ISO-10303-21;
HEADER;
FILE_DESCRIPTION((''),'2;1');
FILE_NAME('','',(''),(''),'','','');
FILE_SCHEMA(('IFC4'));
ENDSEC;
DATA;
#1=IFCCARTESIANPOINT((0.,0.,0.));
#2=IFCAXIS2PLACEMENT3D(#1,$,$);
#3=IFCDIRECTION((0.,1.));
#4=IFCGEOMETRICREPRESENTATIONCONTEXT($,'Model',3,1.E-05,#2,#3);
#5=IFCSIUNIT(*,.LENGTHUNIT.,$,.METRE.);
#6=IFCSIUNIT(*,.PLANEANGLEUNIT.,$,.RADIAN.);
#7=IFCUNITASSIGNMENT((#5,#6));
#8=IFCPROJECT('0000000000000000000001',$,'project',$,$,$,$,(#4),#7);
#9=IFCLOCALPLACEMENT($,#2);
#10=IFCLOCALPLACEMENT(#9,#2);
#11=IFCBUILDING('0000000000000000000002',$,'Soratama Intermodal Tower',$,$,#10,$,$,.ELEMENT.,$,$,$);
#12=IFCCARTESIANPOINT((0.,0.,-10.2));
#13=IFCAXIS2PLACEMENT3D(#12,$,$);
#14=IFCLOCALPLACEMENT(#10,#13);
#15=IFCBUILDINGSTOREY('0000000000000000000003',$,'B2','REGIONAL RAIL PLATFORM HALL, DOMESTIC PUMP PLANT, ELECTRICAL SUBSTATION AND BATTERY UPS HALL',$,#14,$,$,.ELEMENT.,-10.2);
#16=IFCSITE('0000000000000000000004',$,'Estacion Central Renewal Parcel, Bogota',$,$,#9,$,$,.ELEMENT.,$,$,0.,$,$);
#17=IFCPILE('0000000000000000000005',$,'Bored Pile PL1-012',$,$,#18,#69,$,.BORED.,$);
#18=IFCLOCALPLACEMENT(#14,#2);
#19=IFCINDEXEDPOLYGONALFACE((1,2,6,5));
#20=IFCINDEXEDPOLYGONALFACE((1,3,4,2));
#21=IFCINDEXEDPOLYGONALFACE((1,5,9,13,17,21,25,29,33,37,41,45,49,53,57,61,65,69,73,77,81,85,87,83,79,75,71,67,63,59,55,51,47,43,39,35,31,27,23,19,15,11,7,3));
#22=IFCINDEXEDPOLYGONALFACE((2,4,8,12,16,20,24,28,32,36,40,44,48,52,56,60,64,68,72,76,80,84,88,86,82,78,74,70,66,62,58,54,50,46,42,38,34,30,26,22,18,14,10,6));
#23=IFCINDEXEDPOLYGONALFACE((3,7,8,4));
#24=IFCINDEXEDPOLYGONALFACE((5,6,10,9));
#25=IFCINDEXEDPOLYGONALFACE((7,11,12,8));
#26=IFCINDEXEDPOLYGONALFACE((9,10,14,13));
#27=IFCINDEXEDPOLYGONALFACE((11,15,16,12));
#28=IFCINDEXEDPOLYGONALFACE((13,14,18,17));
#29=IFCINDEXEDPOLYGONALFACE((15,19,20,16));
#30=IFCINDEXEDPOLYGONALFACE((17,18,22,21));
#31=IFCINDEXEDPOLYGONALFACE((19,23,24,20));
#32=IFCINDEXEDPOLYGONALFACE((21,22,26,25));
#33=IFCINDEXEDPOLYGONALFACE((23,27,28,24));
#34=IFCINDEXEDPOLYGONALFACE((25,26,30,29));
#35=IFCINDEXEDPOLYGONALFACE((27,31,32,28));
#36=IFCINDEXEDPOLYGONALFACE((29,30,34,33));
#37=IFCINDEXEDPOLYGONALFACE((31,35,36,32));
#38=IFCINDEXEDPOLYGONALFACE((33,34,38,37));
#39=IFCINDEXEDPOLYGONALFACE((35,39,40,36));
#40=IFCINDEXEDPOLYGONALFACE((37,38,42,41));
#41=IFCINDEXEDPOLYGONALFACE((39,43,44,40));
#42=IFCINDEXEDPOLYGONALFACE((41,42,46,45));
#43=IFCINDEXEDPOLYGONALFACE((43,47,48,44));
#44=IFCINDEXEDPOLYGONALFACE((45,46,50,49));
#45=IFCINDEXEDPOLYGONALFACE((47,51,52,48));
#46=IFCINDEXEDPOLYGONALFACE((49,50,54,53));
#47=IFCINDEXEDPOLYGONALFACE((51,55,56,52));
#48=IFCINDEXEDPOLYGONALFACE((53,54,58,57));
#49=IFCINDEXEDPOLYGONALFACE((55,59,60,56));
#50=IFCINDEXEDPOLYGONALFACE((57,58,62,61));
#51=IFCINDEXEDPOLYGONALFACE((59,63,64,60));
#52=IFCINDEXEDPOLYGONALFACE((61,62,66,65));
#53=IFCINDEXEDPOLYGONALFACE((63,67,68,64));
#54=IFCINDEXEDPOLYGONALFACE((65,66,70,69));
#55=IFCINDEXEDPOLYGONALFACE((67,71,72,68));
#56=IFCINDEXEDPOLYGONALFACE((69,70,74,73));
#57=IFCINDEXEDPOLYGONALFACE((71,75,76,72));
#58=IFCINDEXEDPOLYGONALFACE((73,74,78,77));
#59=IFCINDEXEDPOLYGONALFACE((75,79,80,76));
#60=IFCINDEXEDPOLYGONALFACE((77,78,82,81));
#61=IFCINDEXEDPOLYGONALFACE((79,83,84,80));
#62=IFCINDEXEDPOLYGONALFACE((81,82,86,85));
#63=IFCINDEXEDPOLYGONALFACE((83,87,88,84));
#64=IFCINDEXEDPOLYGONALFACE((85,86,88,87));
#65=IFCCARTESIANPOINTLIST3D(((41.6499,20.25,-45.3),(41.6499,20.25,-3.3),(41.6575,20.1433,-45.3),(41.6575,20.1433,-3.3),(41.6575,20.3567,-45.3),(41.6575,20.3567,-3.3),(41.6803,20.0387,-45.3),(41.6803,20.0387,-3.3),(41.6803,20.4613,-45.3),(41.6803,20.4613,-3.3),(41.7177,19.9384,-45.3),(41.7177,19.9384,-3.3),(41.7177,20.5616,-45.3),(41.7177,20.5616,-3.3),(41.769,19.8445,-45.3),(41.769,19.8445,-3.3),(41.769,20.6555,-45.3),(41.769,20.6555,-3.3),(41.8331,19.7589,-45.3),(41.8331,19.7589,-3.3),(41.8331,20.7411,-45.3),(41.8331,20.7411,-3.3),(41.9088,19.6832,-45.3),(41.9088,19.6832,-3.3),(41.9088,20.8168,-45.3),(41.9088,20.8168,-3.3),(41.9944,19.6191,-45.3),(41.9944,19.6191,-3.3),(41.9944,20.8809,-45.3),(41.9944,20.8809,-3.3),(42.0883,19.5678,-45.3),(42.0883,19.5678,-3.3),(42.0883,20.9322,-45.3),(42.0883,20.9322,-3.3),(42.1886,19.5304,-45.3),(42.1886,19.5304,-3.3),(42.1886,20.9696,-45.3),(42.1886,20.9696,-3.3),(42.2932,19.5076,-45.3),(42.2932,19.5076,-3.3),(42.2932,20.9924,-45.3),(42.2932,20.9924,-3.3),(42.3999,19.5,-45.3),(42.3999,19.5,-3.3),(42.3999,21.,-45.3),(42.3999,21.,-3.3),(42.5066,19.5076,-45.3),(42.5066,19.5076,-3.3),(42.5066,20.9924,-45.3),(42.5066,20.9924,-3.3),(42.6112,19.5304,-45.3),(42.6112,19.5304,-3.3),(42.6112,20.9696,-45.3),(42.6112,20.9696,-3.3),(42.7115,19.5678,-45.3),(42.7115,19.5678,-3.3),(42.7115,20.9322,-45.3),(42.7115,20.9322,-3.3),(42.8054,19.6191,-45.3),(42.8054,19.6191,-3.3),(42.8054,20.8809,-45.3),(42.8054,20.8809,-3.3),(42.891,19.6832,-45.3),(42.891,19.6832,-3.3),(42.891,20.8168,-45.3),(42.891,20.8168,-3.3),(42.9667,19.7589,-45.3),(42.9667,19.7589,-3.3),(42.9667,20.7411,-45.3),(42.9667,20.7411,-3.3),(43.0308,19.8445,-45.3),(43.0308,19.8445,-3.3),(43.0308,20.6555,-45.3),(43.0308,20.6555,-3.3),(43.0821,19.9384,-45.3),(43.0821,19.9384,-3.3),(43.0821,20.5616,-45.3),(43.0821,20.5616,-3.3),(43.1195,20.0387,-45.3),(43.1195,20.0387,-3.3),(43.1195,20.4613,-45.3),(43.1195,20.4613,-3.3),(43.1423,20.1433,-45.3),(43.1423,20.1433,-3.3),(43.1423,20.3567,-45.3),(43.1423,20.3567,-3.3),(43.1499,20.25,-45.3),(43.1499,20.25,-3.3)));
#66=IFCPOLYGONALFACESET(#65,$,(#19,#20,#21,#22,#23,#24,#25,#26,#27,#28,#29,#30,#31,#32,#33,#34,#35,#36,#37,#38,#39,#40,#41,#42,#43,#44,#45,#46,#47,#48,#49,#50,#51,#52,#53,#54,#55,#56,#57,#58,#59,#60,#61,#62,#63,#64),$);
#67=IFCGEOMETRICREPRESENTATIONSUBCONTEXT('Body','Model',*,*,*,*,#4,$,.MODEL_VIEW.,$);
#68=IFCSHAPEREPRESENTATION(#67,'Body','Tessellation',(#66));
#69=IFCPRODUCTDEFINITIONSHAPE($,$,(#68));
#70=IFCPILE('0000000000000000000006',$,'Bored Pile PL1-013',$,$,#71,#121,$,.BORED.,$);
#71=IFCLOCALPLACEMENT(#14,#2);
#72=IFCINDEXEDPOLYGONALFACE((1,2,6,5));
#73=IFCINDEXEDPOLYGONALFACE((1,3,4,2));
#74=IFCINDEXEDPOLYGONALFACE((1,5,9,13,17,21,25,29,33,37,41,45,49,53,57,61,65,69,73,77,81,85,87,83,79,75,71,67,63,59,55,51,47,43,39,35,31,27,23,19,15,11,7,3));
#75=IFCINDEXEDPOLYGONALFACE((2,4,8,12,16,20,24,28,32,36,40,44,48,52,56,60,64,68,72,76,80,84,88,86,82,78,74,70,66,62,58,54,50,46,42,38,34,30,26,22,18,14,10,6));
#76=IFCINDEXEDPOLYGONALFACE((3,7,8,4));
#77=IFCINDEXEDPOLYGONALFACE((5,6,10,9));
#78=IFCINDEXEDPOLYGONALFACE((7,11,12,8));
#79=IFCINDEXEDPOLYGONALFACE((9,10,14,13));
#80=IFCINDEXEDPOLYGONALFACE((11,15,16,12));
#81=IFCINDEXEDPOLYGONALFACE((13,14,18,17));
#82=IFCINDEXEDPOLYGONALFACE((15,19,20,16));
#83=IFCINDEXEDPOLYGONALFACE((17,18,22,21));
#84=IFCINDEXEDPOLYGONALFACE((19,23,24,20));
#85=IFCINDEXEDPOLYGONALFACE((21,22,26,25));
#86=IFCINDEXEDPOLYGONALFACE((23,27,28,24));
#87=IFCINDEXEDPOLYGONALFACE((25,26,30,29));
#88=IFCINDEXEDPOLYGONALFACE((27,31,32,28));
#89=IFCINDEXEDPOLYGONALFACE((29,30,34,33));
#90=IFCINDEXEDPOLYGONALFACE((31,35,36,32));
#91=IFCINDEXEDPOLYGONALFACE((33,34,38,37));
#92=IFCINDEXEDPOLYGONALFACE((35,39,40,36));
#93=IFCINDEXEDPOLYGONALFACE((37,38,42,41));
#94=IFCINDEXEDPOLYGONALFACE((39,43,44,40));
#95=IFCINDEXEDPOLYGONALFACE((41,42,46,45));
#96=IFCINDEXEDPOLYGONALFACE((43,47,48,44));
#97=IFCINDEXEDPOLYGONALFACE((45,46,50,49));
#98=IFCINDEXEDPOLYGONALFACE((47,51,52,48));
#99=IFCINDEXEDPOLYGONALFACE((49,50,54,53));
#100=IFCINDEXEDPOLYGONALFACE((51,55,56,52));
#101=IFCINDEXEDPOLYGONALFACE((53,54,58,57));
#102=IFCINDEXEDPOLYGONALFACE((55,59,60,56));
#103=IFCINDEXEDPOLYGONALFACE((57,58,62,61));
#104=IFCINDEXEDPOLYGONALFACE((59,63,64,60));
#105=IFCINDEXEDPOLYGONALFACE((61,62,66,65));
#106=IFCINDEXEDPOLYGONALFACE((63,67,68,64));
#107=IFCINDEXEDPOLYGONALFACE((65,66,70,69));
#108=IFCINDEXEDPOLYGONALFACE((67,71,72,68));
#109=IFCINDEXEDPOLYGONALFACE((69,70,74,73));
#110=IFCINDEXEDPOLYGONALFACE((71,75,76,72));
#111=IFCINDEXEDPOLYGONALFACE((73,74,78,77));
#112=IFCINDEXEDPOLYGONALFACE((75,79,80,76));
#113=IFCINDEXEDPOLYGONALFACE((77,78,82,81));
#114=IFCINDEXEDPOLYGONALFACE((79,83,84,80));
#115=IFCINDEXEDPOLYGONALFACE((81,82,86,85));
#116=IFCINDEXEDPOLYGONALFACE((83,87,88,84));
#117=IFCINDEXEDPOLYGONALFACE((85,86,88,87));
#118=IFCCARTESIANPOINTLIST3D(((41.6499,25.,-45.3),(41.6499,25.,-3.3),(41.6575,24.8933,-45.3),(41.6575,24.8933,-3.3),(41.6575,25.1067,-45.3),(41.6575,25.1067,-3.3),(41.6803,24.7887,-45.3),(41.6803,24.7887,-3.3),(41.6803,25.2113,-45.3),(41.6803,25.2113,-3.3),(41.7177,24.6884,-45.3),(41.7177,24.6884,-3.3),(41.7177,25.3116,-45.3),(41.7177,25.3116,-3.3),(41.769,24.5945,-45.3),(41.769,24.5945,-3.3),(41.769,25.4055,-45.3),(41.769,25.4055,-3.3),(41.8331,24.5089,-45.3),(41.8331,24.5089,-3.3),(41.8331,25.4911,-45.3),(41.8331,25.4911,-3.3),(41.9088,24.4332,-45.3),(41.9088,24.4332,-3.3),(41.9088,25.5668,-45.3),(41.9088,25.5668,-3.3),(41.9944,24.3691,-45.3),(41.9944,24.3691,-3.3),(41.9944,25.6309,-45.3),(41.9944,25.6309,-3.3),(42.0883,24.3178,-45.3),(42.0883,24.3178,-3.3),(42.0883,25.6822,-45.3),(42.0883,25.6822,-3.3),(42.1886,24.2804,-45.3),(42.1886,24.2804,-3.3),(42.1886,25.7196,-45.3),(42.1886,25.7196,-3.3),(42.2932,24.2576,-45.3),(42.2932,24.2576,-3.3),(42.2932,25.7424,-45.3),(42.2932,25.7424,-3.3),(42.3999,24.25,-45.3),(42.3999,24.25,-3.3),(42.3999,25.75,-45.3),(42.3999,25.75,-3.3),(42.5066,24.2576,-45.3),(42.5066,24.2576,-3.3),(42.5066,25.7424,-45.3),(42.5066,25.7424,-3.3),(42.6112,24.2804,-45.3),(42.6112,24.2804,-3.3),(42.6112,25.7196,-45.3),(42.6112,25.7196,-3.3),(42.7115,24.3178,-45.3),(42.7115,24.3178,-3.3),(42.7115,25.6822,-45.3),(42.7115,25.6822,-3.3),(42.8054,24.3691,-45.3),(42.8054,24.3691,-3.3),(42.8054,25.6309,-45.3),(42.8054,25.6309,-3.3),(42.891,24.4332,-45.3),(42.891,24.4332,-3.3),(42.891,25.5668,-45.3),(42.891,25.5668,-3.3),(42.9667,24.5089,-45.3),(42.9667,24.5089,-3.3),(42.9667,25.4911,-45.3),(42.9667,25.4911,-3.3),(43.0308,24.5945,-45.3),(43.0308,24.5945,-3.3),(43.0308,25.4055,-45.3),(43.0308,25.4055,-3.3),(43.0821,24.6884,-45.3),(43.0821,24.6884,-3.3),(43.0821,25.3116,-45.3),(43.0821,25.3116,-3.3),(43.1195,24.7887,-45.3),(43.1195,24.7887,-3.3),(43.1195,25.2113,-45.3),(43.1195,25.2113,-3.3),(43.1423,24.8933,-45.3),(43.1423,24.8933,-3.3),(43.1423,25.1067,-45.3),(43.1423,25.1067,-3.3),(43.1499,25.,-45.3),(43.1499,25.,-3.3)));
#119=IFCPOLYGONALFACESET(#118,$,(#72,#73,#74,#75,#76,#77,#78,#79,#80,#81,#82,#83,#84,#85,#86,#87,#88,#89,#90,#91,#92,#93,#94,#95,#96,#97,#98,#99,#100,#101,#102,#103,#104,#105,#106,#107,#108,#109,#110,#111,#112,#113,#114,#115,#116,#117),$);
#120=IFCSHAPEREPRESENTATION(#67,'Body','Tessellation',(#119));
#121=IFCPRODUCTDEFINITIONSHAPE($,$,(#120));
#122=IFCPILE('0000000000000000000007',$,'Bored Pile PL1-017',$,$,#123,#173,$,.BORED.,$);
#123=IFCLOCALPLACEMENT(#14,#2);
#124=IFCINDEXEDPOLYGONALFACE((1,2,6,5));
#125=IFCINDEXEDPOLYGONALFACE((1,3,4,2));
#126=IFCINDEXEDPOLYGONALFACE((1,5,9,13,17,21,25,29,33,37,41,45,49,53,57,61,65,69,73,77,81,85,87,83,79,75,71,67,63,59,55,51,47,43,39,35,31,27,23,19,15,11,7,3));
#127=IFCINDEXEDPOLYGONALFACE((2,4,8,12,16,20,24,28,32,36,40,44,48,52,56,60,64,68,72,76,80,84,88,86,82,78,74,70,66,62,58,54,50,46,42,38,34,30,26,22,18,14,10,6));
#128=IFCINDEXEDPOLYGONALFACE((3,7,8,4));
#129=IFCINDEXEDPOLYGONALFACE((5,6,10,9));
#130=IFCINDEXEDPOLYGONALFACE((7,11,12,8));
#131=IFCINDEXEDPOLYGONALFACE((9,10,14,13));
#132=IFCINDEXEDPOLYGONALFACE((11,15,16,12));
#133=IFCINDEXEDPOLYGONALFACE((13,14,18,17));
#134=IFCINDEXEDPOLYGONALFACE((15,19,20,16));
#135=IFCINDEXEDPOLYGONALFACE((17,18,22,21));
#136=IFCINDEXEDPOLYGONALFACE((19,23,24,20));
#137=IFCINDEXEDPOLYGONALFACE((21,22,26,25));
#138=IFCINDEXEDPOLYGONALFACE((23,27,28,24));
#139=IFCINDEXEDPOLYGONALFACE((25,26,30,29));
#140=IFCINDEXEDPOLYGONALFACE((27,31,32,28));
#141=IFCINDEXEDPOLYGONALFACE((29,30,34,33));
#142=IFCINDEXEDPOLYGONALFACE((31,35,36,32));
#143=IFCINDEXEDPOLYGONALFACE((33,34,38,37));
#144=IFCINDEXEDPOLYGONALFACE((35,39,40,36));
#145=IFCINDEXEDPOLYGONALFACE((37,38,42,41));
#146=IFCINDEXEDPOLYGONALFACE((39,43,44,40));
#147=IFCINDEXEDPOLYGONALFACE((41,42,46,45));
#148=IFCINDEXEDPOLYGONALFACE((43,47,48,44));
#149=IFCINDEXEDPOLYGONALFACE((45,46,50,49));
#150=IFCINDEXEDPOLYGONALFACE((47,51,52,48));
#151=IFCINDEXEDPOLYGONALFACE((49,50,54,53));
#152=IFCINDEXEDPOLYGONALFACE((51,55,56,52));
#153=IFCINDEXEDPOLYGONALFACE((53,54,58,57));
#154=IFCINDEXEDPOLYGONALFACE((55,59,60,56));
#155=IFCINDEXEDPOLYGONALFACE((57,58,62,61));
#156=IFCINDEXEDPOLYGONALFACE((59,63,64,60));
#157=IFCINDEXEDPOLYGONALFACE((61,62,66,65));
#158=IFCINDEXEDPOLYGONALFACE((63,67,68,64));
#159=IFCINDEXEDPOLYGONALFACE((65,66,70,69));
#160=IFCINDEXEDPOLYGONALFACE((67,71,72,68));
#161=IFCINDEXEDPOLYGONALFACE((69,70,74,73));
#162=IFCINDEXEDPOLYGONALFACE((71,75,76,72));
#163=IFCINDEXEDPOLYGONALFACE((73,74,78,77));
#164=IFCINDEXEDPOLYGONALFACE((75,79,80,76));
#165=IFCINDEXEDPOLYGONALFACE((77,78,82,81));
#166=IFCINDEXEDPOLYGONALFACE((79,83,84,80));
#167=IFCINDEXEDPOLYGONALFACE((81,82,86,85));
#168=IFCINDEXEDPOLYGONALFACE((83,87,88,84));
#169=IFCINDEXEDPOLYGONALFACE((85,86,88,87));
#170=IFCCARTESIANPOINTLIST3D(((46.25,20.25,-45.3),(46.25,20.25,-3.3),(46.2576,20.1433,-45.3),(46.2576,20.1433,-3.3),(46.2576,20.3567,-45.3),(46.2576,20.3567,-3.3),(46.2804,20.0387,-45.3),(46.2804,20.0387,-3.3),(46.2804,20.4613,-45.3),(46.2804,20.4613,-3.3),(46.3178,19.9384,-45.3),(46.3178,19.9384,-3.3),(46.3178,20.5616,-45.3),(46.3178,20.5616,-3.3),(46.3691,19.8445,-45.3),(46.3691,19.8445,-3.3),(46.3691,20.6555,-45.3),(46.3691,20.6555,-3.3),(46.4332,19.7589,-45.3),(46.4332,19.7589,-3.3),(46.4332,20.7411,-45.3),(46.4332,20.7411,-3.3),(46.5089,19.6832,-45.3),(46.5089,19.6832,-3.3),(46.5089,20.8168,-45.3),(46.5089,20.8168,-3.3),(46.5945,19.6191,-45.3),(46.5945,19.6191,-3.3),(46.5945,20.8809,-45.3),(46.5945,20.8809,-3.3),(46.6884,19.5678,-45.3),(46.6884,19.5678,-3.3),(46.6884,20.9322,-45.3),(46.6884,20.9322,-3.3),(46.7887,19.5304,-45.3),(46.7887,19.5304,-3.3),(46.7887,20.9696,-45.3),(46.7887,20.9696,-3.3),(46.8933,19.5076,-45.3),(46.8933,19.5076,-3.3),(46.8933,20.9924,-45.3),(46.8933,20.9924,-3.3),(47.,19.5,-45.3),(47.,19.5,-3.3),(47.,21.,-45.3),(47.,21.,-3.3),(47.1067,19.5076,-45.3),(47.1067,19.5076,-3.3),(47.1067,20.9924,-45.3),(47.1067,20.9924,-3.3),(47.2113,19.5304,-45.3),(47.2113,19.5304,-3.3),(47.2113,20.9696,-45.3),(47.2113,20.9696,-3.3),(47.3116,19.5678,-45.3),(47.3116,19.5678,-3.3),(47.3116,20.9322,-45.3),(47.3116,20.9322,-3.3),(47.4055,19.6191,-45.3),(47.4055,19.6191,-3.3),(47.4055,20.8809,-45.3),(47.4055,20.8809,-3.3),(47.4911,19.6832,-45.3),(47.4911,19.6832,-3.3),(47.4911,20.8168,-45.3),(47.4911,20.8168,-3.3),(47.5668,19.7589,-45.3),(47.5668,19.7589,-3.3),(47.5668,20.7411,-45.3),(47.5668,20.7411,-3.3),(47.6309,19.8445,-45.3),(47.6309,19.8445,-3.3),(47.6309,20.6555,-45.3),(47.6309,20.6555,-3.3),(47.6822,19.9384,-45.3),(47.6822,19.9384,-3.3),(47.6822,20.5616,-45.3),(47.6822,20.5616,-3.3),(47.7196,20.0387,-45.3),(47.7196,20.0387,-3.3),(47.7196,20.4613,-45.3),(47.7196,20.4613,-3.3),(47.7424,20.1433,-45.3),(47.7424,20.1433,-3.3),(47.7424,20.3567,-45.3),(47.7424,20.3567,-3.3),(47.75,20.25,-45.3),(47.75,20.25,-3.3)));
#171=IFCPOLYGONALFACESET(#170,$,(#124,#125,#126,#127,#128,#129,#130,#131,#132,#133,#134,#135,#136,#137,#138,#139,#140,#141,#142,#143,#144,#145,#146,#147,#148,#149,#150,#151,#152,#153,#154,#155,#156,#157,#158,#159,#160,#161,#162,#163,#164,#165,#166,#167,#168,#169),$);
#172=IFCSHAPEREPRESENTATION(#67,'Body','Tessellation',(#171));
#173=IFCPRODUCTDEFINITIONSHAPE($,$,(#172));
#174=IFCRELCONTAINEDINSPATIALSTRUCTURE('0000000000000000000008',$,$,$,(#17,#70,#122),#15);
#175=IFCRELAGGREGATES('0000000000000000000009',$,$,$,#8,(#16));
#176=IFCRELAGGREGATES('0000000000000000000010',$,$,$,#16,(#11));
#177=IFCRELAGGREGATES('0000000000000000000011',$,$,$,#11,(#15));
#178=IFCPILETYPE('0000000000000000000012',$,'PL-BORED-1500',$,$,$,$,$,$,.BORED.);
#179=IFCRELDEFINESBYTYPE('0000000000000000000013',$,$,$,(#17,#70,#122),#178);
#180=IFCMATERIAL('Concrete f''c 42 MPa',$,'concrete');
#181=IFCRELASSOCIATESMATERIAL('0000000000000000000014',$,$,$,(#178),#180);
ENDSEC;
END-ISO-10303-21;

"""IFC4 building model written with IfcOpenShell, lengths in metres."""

from ifc_helpers import new_model, si_unit, direction, frame, origin, origin_2d, place, context, subcontext, project, spatial, circle, extrude, material, material_profile, profile_set, type_object, element, save


model = new_model("IFC4")

# Units and contexts
model_context = context("Model", 3, precision=1e-05, world=origin(), true_north=direction((0.0, 1.0)))
body_context = subcontext(model_context, "Body", "Model", "MODEL_VIEW")
ifc_project = project(units=[si_unit("LENGTHUNIT", "METRE"), si_unit("PLANEANGLEUNIT", "RADIAN")], contexts=[model_context])

# Site, building, storey
site_placement = place(None, origin())
site = spatial("IfcSite", under=ifc_project, at=site_placement, Name="Estacion Central Renewal Parcel, Bogota", CompositionType="ELEMENT", RefElevation=0.0)
building_placement = place(site_placement, origin())
building = spatial("IfcBuilding", under=site, at=building_placement, Name="Soratama Intermodal Tower", CompositionType="ELEMENT")
storey_placement = place(building_placement, frame((0.0, 0.0, -10.2)))
storey = spatial("IfcBuildingStorey", under=building, at=storey_placement, Name="B2", Description="REGIONAL RAIL PLATFORM HALL, DOMESTIC PUMP PLANT, ELECTRICAL SUBSTATION AND BATTERY UPS HALL", CompositionType="ELEMENT", Elevation=-10.2)

# Piles
ifc_material_1 = material(Name="Concrete f'c 42 MPa", Category="concrete")
ifc_material_profile_1 = material_profile(ifc_material_1, circle(Radius=0.75, at=origin_2d()), Name="PILE1500")
ifc_profile_set_1 = profile_set([ifc_material_profile_1], Name="Concrete f'c 42 MPa")
pile_type = type_object("IfcPileType", Name="PL-BORED-1500", PredefinedType="BORED", material=ifc_profile_set_1)
for number, where, z_axis, x_axis, name in (
    (1, (42.3999, 20.25, -3.3), (0.0, 0.0, -1.0), (1.0, 0.0, 0.0), "Bored Pile PL1-012"),
    (2, (42.3999, 25.0, -3.3), (0.0, 0.0, -1.0), (1.0, 0.0, 0.0), "Bored Pile PL1-013"),
    (3, (47.0, 20.25, -3.3), (0.0, 0.0, -1.0), (1.0, 0.0, 0.0), "Bored Pile PL1-017"),
):
    element("IfcPile", number, at=place(storey_placement, frame(where, z_axis=z_axis, x_axis=x_axis)), inside=storey, type_object=pile_type, Name=name, PredefinedType="BORED", context=body_context, shape_type="SweptSolid", body=[
        extrude(circle(Radius=0.75, at=origin_2d()), origin(), (0.0, 0.0, 1.0), 42.0),
    ])

save(model, "model.ifc")
